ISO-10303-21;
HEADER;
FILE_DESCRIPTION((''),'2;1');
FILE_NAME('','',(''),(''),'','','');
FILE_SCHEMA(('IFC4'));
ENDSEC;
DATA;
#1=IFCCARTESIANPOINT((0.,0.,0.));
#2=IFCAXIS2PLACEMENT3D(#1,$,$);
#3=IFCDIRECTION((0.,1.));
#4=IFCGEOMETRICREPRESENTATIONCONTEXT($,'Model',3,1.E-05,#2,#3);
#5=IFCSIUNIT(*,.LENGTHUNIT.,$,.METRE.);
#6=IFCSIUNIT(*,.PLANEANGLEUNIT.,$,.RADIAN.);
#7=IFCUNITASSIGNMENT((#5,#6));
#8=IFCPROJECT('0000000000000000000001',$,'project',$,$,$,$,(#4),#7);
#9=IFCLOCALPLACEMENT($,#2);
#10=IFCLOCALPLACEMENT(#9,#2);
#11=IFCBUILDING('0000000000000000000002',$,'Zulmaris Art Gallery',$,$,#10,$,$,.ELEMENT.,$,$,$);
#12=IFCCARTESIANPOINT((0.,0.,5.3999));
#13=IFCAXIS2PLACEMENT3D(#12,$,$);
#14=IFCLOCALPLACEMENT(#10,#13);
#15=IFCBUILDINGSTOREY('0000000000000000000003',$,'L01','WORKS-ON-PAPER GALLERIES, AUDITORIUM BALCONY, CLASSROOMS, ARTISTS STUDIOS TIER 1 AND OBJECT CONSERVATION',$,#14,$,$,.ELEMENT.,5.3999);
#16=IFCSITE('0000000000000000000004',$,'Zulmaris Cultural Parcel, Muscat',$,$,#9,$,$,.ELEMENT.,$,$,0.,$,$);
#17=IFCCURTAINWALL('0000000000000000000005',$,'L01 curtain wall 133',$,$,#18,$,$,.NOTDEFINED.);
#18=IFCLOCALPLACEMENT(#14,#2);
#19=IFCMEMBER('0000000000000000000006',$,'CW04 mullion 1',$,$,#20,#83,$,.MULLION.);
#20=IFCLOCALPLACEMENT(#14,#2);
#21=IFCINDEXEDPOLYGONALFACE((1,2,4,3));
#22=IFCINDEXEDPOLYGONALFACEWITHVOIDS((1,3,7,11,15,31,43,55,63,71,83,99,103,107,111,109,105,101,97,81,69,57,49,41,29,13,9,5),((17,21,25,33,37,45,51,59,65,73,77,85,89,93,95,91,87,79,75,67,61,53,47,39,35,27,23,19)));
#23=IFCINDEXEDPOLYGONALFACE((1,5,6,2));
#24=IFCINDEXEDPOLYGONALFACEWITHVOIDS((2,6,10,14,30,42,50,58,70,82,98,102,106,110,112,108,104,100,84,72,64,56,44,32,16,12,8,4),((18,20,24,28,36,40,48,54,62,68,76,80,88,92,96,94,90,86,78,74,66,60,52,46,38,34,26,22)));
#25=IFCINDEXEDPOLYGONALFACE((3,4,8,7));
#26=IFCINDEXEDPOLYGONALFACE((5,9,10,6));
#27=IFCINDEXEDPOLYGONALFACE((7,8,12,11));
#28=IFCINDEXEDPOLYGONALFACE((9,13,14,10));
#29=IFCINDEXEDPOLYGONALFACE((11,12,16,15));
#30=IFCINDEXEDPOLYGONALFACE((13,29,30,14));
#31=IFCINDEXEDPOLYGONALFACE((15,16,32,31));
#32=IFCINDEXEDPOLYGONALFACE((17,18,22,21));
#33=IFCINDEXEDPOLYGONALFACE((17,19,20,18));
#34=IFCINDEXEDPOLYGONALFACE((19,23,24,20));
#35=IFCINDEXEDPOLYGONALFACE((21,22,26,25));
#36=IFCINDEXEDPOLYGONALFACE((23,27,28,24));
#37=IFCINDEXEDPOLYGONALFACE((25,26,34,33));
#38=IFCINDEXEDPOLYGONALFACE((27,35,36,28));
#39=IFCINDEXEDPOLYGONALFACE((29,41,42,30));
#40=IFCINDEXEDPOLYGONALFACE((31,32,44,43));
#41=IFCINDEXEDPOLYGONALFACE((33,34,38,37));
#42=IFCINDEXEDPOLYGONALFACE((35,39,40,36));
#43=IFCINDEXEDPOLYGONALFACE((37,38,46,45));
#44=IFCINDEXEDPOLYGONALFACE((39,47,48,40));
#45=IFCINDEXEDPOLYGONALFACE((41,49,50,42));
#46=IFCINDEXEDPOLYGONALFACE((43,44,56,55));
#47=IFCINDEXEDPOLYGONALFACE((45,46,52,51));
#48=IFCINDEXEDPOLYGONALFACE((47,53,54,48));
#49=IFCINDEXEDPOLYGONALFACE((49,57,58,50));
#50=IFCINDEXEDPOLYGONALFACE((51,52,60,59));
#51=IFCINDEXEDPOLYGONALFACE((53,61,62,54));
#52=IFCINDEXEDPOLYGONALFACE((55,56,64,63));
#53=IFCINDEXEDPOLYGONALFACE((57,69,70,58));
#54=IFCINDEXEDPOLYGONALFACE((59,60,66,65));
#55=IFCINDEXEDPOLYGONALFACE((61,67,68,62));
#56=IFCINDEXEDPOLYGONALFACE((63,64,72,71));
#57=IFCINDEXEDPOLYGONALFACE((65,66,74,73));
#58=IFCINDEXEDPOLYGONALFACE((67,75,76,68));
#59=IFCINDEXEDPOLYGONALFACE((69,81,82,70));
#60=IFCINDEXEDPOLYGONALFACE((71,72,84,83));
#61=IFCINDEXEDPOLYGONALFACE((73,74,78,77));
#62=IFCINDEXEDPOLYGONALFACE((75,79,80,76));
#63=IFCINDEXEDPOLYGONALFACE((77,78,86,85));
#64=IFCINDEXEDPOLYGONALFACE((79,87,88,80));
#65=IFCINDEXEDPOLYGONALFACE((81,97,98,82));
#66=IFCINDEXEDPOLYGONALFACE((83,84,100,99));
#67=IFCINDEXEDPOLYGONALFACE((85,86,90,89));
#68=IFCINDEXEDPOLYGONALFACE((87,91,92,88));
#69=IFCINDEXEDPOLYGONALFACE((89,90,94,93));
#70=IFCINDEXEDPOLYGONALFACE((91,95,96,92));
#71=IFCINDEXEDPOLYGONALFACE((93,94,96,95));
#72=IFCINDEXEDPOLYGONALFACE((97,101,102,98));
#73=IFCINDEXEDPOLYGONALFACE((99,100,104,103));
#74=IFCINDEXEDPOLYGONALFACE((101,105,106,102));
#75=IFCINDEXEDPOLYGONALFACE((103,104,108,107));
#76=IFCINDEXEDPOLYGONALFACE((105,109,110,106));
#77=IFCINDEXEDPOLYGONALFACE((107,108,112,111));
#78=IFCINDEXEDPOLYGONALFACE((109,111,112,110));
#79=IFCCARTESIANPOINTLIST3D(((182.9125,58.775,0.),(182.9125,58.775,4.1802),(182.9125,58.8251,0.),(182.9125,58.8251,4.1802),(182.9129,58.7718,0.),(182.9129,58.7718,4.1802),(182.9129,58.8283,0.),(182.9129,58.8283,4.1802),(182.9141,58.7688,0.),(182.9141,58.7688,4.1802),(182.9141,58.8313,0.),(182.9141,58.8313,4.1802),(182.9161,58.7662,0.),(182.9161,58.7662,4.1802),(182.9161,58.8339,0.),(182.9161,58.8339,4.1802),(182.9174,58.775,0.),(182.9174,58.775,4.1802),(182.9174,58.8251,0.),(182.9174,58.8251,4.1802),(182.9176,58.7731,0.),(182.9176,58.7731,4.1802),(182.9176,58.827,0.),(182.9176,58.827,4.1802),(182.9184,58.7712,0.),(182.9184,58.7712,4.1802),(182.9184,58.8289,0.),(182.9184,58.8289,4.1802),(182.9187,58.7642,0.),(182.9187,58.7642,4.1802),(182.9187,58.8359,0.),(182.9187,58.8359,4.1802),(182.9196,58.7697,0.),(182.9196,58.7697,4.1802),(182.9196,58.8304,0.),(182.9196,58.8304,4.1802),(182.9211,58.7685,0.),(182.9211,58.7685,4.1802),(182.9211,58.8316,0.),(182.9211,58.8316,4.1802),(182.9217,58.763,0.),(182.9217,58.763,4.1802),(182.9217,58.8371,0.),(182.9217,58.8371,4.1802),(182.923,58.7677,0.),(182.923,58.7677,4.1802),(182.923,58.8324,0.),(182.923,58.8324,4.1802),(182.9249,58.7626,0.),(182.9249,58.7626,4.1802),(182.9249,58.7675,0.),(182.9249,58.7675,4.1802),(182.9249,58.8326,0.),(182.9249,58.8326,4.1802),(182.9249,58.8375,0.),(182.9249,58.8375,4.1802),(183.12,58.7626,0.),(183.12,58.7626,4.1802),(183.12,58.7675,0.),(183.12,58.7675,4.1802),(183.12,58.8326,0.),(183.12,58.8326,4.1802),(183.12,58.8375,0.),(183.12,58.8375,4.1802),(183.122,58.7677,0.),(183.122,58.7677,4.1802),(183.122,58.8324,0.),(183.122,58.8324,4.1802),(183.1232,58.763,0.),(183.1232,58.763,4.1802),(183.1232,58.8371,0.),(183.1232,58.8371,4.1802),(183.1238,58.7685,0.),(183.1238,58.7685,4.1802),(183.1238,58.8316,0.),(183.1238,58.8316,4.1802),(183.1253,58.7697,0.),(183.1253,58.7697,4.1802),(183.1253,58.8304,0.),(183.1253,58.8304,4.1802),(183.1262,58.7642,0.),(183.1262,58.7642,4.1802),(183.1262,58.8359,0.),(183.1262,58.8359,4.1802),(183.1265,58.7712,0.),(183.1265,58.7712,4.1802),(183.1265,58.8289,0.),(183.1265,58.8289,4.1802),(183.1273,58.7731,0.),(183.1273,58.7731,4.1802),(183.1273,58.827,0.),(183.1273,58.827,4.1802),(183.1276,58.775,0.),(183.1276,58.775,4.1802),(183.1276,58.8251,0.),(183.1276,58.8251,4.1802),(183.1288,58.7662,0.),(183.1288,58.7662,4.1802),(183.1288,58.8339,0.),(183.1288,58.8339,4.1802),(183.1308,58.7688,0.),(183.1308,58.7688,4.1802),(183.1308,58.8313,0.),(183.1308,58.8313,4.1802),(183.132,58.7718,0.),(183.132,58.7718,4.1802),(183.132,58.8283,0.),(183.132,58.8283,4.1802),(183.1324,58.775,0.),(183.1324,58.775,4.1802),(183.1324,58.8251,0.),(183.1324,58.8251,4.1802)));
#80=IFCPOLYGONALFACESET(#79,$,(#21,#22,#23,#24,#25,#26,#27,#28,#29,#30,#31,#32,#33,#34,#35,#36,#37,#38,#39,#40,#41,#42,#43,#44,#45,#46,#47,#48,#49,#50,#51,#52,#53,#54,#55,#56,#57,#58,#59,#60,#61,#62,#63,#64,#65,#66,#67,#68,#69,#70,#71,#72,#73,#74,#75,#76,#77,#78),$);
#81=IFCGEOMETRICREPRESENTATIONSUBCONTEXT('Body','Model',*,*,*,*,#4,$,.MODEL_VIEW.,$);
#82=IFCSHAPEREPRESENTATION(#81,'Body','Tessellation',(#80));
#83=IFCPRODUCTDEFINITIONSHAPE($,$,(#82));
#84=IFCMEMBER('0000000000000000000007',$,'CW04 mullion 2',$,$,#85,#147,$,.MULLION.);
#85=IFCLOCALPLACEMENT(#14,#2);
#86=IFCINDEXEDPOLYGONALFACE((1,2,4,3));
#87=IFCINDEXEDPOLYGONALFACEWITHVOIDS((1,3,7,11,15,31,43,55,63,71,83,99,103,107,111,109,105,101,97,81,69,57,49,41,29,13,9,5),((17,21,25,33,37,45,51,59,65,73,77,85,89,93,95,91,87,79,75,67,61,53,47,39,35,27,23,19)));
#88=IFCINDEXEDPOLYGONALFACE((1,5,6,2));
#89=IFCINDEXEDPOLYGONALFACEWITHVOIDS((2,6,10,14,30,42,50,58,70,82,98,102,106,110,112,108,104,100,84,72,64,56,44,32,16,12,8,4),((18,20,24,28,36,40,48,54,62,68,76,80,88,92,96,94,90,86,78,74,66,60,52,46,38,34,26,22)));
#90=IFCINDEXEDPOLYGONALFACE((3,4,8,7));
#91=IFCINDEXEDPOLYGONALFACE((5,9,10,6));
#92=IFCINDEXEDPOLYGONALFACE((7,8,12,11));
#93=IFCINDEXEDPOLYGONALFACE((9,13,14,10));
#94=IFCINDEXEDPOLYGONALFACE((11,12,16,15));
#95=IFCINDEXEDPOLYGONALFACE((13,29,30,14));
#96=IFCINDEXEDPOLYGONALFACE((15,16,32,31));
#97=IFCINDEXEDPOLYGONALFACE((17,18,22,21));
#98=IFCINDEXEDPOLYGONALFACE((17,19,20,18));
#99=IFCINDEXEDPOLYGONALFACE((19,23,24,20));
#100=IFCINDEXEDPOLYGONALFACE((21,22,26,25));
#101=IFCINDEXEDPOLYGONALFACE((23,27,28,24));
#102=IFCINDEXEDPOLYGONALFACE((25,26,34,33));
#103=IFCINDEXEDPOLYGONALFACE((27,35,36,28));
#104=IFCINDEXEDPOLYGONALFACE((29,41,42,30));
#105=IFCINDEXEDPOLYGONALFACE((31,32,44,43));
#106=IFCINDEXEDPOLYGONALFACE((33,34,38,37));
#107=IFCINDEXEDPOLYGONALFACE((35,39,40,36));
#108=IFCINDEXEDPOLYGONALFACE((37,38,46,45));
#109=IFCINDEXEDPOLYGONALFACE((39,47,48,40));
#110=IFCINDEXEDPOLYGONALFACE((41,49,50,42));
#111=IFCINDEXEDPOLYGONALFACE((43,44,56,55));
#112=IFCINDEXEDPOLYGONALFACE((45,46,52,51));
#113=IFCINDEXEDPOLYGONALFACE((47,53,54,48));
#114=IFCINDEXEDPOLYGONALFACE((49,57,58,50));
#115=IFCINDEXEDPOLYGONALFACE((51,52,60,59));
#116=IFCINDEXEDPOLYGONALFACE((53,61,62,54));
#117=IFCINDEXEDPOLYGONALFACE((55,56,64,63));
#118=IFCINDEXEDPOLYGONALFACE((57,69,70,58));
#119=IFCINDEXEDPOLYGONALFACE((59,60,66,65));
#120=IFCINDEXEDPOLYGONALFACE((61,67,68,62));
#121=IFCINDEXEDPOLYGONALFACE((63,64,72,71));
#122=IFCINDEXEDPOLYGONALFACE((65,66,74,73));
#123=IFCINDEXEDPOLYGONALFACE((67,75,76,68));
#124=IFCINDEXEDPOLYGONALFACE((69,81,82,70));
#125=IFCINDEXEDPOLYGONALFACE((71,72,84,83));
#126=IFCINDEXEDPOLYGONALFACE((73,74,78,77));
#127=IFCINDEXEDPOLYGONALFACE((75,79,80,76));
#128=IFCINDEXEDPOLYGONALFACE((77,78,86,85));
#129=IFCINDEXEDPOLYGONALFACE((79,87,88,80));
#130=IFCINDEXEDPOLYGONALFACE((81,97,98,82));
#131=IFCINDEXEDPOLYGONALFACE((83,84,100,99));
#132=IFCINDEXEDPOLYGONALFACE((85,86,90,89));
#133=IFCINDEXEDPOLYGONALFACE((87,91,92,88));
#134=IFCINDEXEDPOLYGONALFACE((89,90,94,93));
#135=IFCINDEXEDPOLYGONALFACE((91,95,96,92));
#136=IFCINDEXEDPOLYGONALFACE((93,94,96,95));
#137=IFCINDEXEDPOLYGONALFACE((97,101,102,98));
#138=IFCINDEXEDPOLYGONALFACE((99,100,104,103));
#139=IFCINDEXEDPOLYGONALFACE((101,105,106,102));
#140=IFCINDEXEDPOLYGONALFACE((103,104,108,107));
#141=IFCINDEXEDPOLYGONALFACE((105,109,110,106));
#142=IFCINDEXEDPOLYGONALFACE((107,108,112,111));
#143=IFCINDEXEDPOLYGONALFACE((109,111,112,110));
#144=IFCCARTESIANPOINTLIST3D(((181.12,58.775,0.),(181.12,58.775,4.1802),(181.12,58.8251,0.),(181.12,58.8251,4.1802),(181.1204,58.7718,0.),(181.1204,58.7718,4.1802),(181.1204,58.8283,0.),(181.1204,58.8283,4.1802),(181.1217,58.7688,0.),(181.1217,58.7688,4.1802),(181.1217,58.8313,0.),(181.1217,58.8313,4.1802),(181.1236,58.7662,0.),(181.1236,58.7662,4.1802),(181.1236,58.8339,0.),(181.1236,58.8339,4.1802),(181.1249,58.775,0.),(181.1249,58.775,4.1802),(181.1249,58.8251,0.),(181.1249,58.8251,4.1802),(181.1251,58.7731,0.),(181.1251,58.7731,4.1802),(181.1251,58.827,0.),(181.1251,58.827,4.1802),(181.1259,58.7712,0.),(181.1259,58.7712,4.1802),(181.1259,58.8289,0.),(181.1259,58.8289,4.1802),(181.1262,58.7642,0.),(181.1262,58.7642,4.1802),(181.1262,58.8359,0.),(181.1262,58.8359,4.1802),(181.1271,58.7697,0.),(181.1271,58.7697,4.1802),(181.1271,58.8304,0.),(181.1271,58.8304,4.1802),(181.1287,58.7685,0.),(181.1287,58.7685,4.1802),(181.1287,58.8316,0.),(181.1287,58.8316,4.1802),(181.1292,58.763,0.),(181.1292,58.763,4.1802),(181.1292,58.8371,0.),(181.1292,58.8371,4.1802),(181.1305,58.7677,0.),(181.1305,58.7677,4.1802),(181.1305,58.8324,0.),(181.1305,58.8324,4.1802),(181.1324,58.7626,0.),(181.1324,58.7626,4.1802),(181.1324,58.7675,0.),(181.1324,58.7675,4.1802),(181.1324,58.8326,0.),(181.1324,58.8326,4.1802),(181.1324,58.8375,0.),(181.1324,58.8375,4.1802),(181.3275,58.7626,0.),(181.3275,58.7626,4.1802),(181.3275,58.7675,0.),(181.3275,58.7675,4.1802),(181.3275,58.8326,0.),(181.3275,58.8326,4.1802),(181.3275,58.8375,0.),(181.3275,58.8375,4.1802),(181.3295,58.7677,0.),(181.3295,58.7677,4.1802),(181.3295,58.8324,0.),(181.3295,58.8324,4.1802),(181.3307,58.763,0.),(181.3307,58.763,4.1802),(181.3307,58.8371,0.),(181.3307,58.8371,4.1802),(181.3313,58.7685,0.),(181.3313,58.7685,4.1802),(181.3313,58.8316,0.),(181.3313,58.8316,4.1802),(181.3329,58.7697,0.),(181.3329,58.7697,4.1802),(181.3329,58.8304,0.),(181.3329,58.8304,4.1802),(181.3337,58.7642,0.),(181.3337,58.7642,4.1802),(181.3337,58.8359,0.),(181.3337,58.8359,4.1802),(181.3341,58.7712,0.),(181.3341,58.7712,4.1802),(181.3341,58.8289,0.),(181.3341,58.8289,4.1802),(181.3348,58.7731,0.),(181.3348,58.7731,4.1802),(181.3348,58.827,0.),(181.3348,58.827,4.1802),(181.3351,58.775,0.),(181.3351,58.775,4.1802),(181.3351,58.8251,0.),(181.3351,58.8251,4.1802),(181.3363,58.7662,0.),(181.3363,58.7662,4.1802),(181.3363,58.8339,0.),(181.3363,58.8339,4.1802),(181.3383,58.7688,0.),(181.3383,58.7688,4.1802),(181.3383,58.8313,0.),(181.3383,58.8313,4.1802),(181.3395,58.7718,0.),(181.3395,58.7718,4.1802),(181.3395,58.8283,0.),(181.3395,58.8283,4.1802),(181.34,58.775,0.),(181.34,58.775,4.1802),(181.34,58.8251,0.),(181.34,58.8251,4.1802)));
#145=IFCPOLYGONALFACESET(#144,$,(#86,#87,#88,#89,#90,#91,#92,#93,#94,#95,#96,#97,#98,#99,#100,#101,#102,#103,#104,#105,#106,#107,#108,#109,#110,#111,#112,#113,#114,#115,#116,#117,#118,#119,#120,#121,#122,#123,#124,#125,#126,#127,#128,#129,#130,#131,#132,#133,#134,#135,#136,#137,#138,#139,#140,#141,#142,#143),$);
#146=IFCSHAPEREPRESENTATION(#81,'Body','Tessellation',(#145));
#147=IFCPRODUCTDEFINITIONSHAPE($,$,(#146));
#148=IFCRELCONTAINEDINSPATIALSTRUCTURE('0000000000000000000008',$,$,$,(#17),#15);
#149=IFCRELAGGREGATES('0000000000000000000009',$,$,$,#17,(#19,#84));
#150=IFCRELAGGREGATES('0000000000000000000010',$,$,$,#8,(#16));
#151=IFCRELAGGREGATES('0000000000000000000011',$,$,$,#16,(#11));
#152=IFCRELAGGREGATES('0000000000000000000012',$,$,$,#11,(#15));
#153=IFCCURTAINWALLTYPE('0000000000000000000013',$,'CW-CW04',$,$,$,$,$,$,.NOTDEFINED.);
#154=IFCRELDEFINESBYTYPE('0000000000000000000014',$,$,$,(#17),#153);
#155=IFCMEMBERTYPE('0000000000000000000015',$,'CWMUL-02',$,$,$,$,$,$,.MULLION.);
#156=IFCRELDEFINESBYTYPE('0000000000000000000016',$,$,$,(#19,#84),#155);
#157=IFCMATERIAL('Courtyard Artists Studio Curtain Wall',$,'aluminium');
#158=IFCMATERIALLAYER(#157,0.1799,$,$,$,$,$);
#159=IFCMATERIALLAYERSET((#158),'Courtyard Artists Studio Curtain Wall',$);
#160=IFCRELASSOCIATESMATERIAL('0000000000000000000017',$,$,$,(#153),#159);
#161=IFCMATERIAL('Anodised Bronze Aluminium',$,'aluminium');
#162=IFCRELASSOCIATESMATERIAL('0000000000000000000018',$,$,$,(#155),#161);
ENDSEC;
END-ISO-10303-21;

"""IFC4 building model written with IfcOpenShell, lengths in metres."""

from ifc_helpers import new_model, si_unit, direction, frame, origin, origin_2d, place, context, subcontext, project, spatial, hollow_rectangle, extrude, material, layer, layer_set, material_profile, profile_set, type_object, element, aggregate, save


model = new_model("IFC4")

# Units and contexts
model_context = context("Model", 3, precision=1e-05, world=origin(), true_north=direction((0.0, 1.0)))
body_context = subcontext(model_context, "Body", "Model", "MODEL_VIEW")
ifc_project = project(units=[si_unit("LENGTHUNIT", "METRE"), si_unit("PLANEANGLEUNIT", "RADIAN")], contexts=[model_context])

# Site, building, storey
site_placement = place(None, origin())
site = spatial("IfcSite", under=ifc_project, at=site_placement, Name="Zulmaris Cultural Parcel, Muscat", CompositionType="ELEMENT", RefElevation=0.0)
building_placement = place(site_placement, origin())
building = spatial("IfcBuilding", under=site, at=building_placement, Name="Zulmaris Art Gallery", CompositionType="ELEMENT")
storey_placement = place(building_placement, frame((0.0, 0.0, 5.3999)))
storey = spatial("IfcBuildingStorey", under=building, at=storey_placement, Name="L01", Description="WORKS-ON-PAPER GALLERIES, AUDITORIUM BALCONY, CLASSROOMS, ARTISTS STUDIOS TIER 1 AND OBJECT CONSERVATION", CompositionType="ELEMENT", Elevation=5.3999)

# Curtain wall, members
ifc_material_1 = material(Name="Courtyard Artists Studio Curtain Wall", Category="aluminium")
ifc_layer_1 = layer(ifc_material_1, 0.1799)
ifc_layer_set_1 = layer_set([ifc_layer_1], Name="Courtyard Artists Studio Curtain Wall")
curtain_wall_type = type_object("IfcCurtainWallType", Name="CW-CW04", PredefinedType="NOTDEFINED", material=ifc_layer_set_1)
curtain_wall_placement = place(storey_placement, origin())
curtain_wall = element("IfcCurtainWall", 1, at=curtain_wall_placement, inside=storey, type_object=curtain_wall_type, Name="L01 curtain wall 133", PredefinedType="NOTDEFINED")
ifc_material_2 = material(Name="Anodised Bronze Aluminium", Category="aluminium")
ifc_material_profile_1 = material_profile(ifc_material_2, hollow_rectangle(XDim=0.075, YDim=0.22, WallThickness=0.0049, InnerFilletRadius=0.0076, OuterFilletRadius=0.0125, at=origin_2d()), Name="ALU 75x220x5")
ifc_profile_set_1 = profile_set([ifc_material_profile_1], Name="Anodised Bronze Aluminium")
member_type_1 = type_object("IfcMemberType", Name="CWMUL-02", PredefinedType="MULLION", material=ifc_profile_set_1)
member_1_placement = place(storey_placement, frame((183.0225, 58.8, 0.0), z_axis=(0.0, 0.0, 1.0), x_axis=(0.0, -1.0, 0.0)))
member_1 = element("IfcMember", 2, at=member_1_placement, type_object=member_type_1, Name="CW04 mullion 1", PredefinedType="MULLION", context=body_context, shape_type="SweptSolid", body=[
    extrude(hollow_rectangle(XDim=0.075, YDim=0.22, WallThickness=0.0049, InnerFilletRadius=0.0076, OuterFilletRadius=0.0125, at=origin_2d()), origin(), (0.0, 0.0, 1.0), 4.1802),
])
member_2_placement = place(storey_placement, frame((181.23, 58.8, 0.0), z_axis=(0.0, 0.0, 1.0), x_axis=(0.0, -1.0, 0.0)))
member_2 = element("IfcMember", 3, at=member_2_placement, type_object=member_type_1, Name="CW04 mullion 2", PredefinedType="MULLION", context=body_context, shape_type="SweptSolid", body=[
    extrude(hollow_rectangle(XDim=0.075, YDim=0.22, WallThickness=0.0049, InnerFilletRadius=0.0076, OuterFilletRadius=0.0125, at=origin_2d()), origin(), (0.0, 0.0, 1.0), 4.1802),
])
aggregate(curtain_wall, [member_1, member_2])

save(model, "model.ifc")
